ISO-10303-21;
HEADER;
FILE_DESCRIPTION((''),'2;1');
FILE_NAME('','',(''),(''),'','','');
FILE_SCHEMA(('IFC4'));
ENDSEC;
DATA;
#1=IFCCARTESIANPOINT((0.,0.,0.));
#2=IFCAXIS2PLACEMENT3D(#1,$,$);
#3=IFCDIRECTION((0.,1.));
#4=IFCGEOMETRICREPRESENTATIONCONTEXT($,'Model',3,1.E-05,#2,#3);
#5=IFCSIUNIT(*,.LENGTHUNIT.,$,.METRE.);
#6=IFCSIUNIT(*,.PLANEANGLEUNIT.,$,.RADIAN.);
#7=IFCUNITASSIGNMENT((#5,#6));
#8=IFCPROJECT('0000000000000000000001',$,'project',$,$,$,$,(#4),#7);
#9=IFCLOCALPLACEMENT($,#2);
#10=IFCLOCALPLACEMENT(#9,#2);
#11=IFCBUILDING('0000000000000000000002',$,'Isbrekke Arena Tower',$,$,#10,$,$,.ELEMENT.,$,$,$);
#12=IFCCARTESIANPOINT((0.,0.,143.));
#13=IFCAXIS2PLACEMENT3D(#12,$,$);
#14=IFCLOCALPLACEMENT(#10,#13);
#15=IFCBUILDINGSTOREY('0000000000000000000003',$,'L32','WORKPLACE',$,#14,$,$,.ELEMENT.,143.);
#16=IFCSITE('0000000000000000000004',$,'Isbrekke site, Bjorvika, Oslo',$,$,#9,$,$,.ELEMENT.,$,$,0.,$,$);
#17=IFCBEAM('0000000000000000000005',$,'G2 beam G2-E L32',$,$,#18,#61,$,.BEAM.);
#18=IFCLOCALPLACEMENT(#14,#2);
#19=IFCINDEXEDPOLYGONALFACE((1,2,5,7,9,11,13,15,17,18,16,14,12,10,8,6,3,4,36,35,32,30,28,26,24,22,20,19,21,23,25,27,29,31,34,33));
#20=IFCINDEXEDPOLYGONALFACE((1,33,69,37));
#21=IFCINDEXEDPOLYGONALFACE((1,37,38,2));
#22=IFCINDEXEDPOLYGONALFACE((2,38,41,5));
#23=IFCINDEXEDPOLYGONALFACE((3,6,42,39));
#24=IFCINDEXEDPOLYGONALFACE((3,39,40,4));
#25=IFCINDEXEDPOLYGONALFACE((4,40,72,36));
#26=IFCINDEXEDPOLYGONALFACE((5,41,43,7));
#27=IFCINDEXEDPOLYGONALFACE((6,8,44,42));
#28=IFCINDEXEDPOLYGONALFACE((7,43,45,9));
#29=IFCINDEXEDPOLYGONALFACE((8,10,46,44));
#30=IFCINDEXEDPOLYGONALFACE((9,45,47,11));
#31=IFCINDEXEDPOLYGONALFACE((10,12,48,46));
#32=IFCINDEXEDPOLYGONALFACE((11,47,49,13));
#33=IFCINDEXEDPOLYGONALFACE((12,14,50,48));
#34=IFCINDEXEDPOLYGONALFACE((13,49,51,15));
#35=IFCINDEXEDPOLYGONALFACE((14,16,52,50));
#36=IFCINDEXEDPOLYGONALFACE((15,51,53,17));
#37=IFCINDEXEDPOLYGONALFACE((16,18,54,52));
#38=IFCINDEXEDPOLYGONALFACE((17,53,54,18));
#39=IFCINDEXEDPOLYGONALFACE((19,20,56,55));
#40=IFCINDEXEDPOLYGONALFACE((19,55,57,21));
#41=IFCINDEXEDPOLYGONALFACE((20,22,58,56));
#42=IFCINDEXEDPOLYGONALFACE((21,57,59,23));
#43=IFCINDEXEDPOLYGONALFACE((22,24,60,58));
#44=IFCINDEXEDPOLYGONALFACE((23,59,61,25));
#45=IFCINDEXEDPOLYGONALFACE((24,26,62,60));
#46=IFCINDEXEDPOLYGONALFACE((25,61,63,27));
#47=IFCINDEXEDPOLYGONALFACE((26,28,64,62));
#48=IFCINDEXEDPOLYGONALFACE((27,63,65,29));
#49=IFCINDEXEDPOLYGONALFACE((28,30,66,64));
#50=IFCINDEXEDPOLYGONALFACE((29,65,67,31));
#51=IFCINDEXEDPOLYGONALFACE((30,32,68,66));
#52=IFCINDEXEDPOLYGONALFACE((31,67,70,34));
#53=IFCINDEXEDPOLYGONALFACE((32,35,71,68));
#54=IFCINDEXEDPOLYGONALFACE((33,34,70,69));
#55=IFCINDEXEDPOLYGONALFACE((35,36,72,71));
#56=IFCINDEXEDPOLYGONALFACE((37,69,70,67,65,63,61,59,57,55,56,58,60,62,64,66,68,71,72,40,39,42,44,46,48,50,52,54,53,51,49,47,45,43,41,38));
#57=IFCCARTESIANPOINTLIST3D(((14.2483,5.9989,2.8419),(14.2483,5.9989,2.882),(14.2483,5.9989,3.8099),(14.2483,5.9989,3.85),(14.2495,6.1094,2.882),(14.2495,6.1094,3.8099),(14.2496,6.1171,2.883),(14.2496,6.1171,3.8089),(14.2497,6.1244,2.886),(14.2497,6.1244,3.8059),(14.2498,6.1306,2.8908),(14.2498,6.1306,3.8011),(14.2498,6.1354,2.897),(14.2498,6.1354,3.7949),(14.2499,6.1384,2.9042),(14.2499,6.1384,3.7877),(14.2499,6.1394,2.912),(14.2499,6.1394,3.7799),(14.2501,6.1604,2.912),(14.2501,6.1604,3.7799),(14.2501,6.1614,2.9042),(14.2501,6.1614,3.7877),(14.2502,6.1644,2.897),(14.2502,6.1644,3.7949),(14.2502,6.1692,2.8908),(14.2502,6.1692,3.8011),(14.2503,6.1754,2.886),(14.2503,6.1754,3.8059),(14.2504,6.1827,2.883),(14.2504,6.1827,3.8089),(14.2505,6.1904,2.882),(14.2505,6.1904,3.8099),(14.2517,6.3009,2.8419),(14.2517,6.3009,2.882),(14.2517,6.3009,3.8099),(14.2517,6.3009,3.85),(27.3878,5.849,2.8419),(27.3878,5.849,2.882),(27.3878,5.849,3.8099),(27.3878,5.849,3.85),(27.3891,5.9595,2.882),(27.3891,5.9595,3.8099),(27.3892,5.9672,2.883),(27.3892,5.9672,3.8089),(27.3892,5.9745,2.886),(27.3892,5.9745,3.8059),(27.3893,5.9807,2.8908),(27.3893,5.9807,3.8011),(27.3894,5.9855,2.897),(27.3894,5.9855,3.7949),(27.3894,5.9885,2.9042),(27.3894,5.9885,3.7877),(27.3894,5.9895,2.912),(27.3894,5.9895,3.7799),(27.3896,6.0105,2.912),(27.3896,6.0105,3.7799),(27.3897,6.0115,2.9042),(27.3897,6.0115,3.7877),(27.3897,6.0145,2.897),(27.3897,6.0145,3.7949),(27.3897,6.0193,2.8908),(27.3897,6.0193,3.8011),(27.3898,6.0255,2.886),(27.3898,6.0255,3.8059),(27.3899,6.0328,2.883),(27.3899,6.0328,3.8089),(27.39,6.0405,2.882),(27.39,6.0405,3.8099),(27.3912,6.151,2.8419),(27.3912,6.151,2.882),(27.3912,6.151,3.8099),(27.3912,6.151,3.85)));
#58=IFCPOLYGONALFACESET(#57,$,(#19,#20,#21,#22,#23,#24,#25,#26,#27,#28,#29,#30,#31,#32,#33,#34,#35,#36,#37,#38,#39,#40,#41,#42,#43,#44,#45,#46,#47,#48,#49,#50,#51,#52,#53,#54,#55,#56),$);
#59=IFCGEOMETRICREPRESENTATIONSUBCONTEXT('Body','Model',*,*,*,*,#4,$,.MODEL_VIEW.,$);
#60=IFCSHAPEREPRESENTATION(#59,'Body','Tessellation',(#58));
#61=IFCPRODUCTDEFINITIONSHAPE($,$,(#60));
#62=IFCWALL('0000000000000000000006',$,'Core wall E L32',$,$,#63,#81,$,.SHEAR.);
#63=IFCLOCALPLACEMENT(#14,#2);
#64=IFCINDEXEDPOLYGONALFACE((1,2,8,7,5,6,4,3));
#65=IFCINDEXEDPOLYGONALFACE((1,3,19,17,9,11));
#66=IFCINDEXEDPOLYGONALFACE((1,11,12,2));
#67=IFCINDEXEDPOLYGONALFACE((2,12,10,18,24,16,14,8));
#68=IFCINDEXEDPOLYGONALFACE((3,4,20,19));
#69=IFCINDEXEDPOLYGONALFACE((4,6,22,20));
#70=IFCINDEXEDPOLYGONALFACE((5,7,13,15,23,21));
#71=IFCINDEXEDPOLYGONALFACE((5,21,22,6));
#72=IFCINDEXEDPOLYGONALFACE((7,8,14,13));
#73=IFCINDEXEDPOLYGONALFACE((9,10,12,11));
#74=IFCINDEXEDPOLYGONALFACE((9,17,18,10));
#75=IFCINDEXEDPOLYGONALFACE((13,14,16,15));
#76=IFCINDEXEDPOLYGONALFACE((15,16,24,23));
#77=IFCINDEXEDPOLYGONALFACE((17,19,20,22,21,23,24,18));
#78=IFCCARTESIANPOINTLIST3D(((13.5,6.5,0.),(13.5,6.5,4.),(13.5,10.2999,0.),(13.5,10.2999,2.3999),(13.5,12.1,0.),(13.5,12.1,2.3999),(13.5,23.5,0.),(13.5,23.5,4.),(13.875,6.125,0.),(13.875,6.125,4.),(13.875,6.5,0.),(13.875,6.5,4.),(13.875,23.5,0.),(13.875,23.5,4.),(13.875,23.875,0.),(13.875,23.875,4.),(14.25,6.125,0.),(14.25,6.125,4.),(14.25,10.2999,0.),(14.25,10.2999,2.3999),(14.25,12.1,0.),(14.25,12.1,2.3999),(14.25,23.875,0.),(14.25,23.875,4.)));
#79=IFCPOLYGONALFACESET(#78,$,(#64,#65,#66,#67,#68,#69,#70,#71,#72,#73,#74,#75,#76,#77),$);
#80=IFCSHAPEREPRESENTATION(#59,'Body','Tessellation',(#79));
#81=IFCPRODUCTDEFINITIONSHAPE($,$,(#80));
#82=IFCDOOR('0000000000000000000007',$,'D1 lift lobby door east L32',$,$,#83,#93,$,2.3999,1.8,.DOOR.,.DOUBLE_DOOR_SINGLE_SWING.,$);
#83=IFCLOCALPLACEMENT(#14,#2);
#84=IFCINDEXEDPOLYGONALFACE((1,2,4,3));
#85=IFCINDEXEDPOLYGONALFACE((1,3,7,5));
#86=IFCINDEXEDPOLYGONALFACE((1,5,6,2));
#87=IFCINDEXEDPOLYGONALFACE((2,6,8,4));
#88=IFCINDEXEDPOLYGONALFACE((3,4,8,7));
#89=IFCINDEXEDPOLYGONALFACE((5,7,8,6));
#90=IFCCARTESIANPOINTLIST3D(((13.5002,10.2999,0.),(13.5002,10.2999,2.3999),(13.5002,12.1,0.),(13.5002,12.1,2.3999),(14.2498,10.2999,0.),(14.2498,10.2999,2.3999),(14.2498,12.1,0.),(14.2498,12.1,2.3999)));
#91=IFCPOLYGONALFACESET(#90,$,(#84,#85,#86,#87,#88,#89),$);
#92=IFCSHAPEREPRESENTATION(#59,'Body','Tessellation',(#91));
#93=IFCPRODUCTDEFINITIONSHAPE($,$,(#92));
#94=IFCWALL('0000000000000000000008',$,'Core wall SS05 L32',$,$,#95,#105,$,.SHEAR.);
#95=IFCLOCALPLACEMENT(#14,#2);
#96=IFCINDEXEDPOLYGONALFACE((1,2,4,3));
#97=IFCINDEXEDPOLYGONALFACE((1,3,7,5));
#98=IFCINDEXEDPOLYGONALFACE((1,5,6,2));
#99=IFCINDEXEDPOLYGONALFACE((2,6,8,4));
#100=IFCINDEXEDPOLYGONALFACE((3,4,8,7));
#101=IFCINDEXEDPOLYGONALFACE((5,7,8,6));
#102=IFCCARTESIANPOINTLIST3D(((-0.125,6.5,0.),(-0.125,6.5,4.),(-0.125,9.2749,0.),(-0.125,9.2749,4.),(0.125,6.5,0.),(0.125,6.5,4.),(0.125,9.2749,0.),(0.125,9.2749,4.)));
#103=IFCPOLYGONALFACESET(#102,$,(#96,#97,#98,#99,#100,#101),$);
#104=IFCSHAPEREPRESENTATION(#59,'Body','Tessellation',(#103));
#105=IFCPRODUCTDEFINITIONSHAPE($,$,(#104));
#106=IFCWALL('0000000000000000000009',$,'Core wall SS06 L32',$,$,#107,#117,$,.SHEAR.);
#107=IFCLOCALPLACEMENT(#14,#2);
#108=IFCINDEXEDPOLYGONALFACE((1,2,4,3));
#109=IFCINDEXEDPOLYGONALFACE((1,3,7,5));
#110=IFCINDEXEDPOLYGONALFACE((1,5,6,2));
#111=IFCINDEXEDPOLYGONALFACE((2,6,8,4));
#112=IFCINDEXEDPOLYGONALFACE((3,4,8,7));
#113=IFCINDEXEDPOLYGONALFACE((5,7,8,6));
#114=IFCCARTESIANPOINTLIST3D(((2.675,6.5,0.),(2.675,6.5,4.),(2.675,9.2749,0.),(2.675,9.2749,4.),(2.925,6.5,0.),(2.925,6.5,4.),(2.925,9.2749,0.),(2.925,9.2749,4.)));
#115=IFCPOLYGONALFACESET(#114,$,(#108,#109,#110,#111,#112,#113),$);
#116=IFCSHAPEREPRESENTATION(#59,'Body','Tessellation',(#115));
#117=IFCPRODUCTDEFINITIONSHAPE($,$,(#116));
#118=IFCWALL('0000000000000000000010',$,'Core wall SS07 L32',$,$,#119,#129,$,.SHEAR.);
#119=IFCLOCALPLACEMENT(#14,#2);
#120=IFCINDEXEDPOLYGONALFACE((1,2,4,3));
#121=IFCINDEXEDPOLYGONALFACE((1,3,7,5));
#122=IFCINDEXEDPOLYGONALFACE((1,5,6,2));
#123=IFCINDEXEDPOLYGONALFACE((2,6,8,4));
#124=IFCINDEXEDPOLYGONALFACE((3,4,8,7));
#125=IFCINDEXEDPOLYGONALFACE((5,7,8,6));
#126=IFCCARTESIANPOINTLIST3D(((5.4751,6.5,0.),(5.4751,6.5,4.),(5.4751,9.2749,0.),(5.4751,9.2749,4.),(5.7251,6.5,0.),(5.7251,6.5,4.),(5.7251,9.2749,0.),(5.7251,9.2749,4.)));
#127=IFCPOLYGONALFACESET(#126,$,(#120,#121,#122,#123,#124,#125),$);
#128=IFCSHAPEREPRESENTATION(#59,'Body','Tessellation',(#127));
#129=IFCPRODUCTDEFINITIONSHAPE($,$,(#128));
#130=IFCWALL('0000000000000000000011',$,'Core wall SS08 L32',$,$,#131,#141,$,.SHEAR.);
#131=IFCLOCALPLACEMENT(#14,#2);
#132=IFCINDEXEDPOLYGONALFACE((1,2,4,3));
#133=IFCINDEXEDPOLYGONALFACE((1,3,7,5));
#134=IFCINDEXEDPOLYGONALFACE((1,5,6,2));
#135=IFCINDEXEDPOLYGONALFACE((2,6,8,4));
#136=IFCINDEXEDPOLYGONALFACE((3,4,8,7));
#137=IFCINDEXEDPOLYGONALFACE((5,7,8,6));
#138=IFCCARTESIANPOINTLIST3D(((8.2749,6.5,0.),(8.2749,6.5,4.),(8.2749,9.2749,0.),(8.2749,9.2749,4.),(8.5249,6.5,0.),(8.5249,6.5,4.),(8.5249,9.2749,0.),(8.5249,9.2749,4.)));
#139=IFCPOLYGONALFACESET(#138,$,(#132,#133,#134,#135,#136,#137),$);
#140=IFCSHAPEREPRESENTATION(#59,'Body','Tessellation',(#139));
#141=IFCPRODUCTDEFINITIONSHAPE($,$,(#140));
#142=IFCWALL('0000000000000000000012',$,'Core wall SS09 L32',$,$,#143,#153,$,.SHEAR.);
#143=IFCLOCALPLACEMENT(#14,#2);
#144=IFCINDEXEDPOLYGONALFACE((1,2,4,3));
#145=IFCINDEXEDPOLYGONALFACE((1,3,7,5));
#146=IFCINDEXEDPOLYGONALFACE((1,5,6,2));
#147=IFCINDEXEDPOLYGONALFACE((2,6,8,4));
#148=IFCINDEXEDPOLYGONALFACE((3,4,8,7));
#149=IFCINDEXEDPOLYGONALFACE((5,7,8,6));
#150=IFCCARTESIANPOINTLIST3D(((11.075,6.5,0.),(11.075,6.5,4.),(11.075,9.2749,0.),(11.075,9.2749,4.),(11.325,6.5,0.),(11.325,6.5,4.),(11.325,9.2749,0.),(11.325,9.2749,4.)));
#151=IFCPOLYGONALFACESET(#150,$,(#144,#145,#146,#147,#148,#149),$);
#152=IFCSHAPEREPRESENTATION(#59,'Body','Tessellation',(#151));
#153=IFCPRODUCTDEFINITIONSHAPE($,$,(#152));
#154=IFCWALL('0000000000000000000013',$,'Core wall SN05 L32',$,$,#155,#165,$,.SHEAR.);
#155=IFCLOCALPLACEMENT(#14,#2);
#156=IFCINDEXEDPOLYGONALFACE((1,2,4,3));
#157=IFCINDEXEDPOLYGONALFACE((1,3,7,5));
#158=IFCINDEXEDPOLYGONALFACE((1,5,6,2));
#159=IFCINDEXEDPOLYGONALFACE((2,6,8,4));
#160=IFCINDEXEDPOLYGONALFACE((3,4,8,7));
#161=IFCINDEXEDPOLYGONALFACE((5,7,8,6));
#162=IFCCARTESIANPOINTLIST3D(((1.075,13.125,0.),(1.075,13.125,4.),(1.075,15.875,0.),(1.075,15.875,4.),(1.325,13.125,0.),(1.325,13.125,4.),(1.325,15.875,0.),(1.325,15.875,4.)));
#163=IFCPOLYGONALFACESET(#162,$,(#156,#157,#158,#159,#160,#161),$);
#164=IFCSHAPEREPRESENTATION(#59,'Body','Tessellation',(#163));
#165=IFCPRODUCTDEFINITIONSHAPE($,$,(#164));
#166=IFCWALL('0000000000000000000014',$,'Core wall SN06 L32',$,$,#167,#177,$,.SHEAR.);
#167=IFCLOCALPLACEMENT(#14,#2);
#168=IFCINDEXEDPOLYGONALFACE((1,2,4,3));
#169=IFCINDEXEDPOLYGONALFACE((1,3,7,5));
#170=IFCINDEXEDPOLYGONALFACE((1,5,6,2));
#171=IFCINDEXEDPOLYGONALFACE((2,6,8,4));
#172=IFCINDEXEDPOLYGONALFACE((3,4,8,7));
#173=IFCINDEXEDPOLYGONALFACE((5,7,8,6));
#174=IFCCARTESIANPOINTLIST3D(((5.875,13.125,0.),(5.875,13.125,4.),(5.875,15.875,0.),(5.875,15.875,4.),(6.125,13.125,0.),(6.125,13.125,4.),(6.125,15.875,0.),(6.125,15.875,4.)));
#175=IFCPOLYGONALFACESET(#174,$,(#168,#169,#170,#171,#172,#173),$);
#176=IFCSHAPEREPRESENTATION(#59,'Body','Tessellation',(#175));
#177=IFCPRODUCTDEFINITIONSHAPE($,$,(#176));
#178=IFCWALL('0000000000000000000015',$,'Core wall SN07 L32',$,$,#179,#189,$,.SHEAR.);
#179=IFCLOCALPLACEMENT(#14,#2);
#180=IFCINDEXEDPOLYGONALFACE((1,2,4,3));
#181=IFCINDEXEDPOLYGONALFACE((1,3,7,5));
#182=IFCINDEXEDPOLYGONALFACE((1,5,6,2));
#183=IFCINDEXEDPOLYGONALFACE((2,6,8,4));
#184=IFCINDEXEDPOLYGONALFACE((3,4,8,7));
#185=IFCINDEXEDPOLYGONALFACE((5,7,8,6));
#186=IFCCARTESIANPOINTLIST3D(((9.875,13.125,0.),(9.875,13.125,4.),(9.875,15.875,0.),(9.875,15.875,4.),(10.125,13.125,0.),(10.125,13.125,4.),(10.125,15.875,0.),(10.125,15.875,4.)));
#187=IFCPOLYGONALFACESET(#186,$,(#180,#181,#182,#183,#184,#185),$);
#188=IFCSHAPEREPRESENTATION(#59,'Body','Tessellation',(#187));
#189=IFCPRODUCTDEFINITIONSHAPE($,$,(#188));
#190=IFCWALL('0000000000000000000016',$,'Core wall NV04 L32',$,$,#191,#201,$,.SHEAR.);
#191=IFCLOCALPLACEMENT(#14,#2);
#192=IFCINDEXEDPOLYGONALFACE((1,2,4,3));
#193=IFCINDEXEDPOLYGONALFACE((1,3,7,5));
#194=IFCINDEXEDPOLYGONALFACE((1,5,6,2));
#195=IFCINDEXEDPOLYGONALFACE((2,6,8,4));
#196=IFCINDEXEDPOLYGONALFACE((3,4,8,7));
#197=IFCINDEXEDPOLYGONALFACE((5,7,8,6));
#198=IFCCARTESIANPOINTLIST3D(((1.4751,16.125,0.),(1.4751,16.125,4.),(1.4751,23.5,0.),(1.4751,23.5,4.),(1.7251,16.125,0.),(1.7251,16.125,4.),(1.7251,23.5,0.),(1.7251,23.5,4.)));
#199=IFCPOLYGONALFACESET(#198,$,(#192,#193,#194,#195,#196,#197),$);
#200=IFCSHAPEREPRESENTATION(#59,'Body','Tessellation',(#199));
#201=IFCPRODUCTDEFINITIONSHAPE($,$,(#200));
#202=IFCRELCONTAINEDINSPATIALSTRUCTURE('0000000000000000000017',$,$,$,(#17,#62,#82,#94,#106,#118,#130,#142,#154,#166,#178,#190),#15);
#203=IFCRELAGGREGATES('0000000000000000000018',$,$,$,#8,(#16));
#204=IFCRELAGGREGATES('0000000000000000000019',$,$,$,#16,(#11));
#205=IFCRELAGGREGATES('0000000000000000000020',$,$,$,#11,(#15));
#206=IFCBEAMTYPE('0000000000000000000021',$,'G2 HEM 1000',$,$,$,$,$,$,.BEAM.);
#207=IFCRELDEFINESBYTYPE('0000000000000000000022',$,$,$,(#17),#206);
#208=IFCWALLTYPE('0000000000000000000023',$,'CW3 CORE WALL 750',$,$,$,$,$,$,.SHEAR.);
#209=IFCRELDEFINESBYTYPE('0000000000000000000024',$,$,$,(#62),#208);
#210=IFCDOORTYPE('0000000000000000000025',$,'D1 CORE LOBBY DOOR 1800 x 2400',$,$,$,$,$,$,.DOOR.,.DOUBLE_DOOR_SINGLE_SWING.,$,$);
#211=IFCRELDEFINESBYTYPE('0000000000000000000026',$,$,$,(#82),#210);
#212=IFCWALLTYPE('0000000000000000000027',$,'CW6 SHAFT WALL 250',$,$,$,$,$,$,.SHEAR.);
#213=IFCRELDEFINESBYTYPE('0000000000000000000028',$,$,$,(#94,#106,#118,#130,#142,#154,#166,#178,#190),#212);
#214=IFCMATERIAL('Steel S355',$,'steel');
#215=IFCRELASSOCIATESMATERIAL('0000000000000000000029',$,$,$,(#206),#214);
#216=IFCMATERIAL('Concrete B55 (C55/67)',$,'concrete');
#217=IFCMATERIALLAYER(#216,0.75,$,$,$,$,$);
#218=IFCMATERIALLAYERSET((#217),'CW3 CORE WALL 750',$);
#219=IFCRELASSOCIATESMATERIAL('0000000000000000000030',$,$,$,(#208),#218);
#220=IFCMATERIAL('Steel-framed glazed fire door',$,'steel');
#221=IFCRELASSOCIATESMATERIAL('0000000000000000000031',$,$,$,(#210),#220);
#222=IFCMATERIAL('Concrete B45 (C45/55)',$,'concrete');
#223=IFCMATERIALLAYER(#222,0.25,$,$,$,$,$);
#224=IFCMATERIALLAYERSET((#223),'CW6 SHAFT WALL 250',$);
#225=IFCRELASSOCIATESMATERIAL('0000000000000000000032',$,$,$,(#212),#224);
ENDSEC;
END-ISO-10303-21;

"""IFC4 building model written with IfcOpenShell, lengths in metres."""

from ifc_helpers import new_model, si_unit, direction, frame, frame_2d, origin, origin_2d, place, context, subcontext, project, spatial, polyline, rectangle, i_section, outline, extrude, material, layer, layer_set, material_profile, profile_set, type_object, element, fill, save


model = new_model("IFC4")

# Units and contexts
model_context = context("Model", 3, precision=1e-05, world=origin(), true_north=direction((0.0, 1.0)))
body_context = subcontext(model_context, "Body", "Model", "MODEL_VIEW")
ifc_project = project(units=[si_unit("LENGTHUNIT", "METRE"), si_unit("PLANEANGLEUNIT", "RADIAN")], contexts=[model_context])

# Site, building, storey
site_placement = place(None, origin())
site = spatial("IfcSite", under=ifc_project, at=site_placement, Name="Isbrekke site, Bjorvika, Oslo", CompositionType="ELEMENT", RefElevation=0.0)
building_placement = place(site_placement, origin())
building = spatial("IfcBuilding", under=site, at=building_placement, Name="Isbrekke Arena Tower", CompositionType="ELEMENT")
storey_placement = place(building_placement, frame((0.0, 0.0, 143.0)))
storey = spatial("IfcBuildingStorey", under=building, at=storey_placement, Name="L32", Description="WORKPLACE", CompositionType="ELEMENT", Elevation=143.0)

# Beam
ifc_material_1 = material(Name="Steel S355", Category="steel")
ifc_material_profile = material_profile(ifc_material_1, i_section(OverallWidth=0.302, OverallDepth=1.0081, WebThickness=0.021, FlangeThickness=0.04, FilletRadius=0.03, at=origin_2d()), Name="HEM 1000")
ifc_profile_set = profile_set([ifc_material_profile], Name="Steel S355")
beam_type = type_object("IfcBeamType", Name="G2 HEM 1000", PredefinedType="BEAM", material=ifc_profile_set)
beam_placement = place(storey_placement, frame((14.25, 6.1499, 3.3459), z_axis=(0.999935, -0.011408, 0.0), x_axis=(0.011408, 0.999935, 0.0)))
element("IfcBeam", 1, at=beam_placement, inside=storey, type_object=beam_type, Name="G2 beam G2-E L32", PredefinedType="BEAM", context=body_context, shape_type="SweptSolid", body=[
    extrude(i_section(OverallWidth=0.302, OverallDepth=1.0081, WebThickness=0.021, FlangeThickness=0.04, FilletRadius=0.03, at=origin_2d()), origin(), (0.0, 0.0, 1.0), 13.1404),
])

# Wall, opening, door
ifc_material_2 = material(Name="Concrete B55 (C55/67)", Category="concrete")
ifc_layer_1 = layer(ifc_material_2, 0.75)
ifc_layer_set_1 = layer_set([ifc_layer_1], Name="CW3 CORE WALL 750")
wall_type_1 = type_object("IfcWallType", Name="CW3 CORE WALL 750", PredefinedType="SHEAR", material=ifc_layer_set_1)
wall_1_placement = place(storey_placement, frame((13.875, 6.125, 0.0), z_axis=(0.0, 0.0, 1.0), x_axis=(0.0, 1.0, 0.0)))
wall_1 = element("IfcWall", 2, at=wall_1_placement, inside=storey, type_object=wall_type_1, Name="Core wall E L32", PredefinedType="SHEAR", context=body_context, shape_type="SweptSolid", body=[
    extrude(outline(polyline([(0.0, -0.375), (17.75, -0.375), (17.75, 0.0), (17.375, 0.0), (17.375, 0.375), (0.375, 0.375), (0.375, 0.0), (0.0, 0.0), (0.0, -0.375)])), origin(), (0.0, 0.0, 1.0), 4.0),
])
opening_1_placement = place(wall_1_placement, frame((4.175, 0.0, 0.0)))
opening_1 = element("IfcOpeningElement", 3, at=opening_1_placement, cuts=wall_1, PredefinedType="OPENING", context=body_context, shape_type="SweptSolid", body=[
    extrude(rectangle(XDim=1.8, YDim=2.3999, at=frame_2d((0.8999, 1.2))), frame((0.0, 0.3899, 0.0), z_axis=(0.0, -1.0, 0.0), x_axis=(1.0, 0.0, 0.0)), (0.0, 0.0, 1.0), 0.7798),
])
ifc_material_3 = material(Name="Steel-framed glazed fire door", Category="steel")
door_type_1 = type_object("IfcDoorType", Name="D1 CORE LOBBY DOOR 1800 x 2400", OperationType="DOUBLE_DOOR_SINGLE_SWING", PredefinedType="DOOR", material=ifc_material_3)
door_1_placement = place(opening_1_placement, origin())
door_1 = element("IfcDoor", 4, at=door_1_placement, inside=storey, type_object=door_type_1, Name="D1 lift lobby door east L32", OperationType="DOUBLE_DOOR_SINGLE_SWING", OverallHeight=2.3999, OverallWidth=1.8, PredefinedType="DOOR", context=body_context, shape_type="SweptSolid", body=[
    extrude(rectangle(XDim=1.8, YDim=2.3999, at=frame_2d((0.8999, 1.2))), frame((0.0, 0.3748, 0.0), z_axis=(0.0, -1.0, 0.0), x_axis=(1.0, 0.0, 0.0)), (0.0, 0.0, 1.0), 0.7495),
])
fill(opening_1, door_1)

# Walls
ifc_material_4 = material(Name="Concrete B45 (C45/55)", Category="concrete")
ifc_layer_2 = layer(ifc_material_4, 0.25)
ifc_layer_set_2 = layer_set([ifc_layer_2], Name="CW6 SHAFT WALL 250")
wall_type_2 = type_object("IfcWallType", Name="CW6 SHAFT WALL 250", PredefinedType="SHEAR", material=ifc_layer_set_2)
for number, where, z_axis, x_axis, name in (
    (5, (0.0, 6.5, 0.0), (0.0, 0.0, 1.0), (0.0, 1.0, 0.0), "Core wall SS05 L32"),
    (6, (2.8, 6.5, 0.0), (0.0, 0.0, 1.0), (0.0, 1.0, 0.0), "Core wall SS06 L32"),
    (7, (5.6001, 6.5, 0.0), (0.0, 0.0, 1.0), (0.0, 1.0, 0.0), "Core wall SS07 L32"),
    (8, (8.3999, 6.5, 0.0), (0.0, 0.0, 1.0), (0.0, 1.0, 0.0), "Core wall SS08 L32"),
    (9, (11.2, 6.5, 0.0), (0.0, 0.0, 1.0), (0.0, 1.0, 0.0), "Core wall SS09 L32"),
):
    element("IfcWall", number, at=place(storey_placement, frame(where, z_axis=z_axis, x_axis=x_axis)), inside=storey, type_object=wall_type_2, Name=name, PredefinedType="SHEAR", context=body_context, shape_type="SweptSolid", body=[
        extrude(rectangle(XDim=2.7749, YDim=0.25, at=frame_2d((1.3875, 0.0))), origin(), (0.0, 0.0, 1.0), 4.0),
    ])
for number, where, z_axis, x_axis, name in (
    (10, (1.2, 13.125, 0.0), (0.0, 0.0, 1.0), (0.0, 1.0, 0.0), "Core wall SN05 L32"),
    (11, (6.0, 13.125, 0.0), (0.0, 0.0, 1.0), (0.0, 1.0, 0.0), "Core wall SN06 L32"),
    (12, (10.0, 13.125, 0.0), (0.0, 0.0, 1.0), (0.0, 1.0, 0.0), "Core wall SN07 L32"),
):
    element("IfcWall", number, at=place(storey_placement, frame(where, z_axis=z_axis, x_axis=x_axis)), inside=storey, type_object=wall_type_2, Name=name, PredefinedType="SHEAR", context=body_context, shape_type="SweptSolid", body=[
        extrude(rectangle(XDim=2.75, YDim=0.25, at=frame_2d((1.375, 0.0))), origin(), (0.0, 0.0, 1.0), 4.0),
    ])
wall_2_placement = place(storey_placement, frame((1.6001, 16.125, 0.0), z_axis=(0.0, 0.0, 1.0), x_axis=(0.0, 1.0, 0.0)))
element("IfcWall", 13, at=wall_2_placement, inside=storey, type_object=wall_type_2, Name="Core wall NV04 L32", PredefinedType="SHEAR", context=body_context, shape_type="SweptSolid", body=[
    extrude(rectangle(XDim=7.375, YDim=0.25, at=frame_2d((3.6875, 0.0))), origin(), (0.0, 0.0, 1.0), 4.0),
])

save(model, "model.ifc")
